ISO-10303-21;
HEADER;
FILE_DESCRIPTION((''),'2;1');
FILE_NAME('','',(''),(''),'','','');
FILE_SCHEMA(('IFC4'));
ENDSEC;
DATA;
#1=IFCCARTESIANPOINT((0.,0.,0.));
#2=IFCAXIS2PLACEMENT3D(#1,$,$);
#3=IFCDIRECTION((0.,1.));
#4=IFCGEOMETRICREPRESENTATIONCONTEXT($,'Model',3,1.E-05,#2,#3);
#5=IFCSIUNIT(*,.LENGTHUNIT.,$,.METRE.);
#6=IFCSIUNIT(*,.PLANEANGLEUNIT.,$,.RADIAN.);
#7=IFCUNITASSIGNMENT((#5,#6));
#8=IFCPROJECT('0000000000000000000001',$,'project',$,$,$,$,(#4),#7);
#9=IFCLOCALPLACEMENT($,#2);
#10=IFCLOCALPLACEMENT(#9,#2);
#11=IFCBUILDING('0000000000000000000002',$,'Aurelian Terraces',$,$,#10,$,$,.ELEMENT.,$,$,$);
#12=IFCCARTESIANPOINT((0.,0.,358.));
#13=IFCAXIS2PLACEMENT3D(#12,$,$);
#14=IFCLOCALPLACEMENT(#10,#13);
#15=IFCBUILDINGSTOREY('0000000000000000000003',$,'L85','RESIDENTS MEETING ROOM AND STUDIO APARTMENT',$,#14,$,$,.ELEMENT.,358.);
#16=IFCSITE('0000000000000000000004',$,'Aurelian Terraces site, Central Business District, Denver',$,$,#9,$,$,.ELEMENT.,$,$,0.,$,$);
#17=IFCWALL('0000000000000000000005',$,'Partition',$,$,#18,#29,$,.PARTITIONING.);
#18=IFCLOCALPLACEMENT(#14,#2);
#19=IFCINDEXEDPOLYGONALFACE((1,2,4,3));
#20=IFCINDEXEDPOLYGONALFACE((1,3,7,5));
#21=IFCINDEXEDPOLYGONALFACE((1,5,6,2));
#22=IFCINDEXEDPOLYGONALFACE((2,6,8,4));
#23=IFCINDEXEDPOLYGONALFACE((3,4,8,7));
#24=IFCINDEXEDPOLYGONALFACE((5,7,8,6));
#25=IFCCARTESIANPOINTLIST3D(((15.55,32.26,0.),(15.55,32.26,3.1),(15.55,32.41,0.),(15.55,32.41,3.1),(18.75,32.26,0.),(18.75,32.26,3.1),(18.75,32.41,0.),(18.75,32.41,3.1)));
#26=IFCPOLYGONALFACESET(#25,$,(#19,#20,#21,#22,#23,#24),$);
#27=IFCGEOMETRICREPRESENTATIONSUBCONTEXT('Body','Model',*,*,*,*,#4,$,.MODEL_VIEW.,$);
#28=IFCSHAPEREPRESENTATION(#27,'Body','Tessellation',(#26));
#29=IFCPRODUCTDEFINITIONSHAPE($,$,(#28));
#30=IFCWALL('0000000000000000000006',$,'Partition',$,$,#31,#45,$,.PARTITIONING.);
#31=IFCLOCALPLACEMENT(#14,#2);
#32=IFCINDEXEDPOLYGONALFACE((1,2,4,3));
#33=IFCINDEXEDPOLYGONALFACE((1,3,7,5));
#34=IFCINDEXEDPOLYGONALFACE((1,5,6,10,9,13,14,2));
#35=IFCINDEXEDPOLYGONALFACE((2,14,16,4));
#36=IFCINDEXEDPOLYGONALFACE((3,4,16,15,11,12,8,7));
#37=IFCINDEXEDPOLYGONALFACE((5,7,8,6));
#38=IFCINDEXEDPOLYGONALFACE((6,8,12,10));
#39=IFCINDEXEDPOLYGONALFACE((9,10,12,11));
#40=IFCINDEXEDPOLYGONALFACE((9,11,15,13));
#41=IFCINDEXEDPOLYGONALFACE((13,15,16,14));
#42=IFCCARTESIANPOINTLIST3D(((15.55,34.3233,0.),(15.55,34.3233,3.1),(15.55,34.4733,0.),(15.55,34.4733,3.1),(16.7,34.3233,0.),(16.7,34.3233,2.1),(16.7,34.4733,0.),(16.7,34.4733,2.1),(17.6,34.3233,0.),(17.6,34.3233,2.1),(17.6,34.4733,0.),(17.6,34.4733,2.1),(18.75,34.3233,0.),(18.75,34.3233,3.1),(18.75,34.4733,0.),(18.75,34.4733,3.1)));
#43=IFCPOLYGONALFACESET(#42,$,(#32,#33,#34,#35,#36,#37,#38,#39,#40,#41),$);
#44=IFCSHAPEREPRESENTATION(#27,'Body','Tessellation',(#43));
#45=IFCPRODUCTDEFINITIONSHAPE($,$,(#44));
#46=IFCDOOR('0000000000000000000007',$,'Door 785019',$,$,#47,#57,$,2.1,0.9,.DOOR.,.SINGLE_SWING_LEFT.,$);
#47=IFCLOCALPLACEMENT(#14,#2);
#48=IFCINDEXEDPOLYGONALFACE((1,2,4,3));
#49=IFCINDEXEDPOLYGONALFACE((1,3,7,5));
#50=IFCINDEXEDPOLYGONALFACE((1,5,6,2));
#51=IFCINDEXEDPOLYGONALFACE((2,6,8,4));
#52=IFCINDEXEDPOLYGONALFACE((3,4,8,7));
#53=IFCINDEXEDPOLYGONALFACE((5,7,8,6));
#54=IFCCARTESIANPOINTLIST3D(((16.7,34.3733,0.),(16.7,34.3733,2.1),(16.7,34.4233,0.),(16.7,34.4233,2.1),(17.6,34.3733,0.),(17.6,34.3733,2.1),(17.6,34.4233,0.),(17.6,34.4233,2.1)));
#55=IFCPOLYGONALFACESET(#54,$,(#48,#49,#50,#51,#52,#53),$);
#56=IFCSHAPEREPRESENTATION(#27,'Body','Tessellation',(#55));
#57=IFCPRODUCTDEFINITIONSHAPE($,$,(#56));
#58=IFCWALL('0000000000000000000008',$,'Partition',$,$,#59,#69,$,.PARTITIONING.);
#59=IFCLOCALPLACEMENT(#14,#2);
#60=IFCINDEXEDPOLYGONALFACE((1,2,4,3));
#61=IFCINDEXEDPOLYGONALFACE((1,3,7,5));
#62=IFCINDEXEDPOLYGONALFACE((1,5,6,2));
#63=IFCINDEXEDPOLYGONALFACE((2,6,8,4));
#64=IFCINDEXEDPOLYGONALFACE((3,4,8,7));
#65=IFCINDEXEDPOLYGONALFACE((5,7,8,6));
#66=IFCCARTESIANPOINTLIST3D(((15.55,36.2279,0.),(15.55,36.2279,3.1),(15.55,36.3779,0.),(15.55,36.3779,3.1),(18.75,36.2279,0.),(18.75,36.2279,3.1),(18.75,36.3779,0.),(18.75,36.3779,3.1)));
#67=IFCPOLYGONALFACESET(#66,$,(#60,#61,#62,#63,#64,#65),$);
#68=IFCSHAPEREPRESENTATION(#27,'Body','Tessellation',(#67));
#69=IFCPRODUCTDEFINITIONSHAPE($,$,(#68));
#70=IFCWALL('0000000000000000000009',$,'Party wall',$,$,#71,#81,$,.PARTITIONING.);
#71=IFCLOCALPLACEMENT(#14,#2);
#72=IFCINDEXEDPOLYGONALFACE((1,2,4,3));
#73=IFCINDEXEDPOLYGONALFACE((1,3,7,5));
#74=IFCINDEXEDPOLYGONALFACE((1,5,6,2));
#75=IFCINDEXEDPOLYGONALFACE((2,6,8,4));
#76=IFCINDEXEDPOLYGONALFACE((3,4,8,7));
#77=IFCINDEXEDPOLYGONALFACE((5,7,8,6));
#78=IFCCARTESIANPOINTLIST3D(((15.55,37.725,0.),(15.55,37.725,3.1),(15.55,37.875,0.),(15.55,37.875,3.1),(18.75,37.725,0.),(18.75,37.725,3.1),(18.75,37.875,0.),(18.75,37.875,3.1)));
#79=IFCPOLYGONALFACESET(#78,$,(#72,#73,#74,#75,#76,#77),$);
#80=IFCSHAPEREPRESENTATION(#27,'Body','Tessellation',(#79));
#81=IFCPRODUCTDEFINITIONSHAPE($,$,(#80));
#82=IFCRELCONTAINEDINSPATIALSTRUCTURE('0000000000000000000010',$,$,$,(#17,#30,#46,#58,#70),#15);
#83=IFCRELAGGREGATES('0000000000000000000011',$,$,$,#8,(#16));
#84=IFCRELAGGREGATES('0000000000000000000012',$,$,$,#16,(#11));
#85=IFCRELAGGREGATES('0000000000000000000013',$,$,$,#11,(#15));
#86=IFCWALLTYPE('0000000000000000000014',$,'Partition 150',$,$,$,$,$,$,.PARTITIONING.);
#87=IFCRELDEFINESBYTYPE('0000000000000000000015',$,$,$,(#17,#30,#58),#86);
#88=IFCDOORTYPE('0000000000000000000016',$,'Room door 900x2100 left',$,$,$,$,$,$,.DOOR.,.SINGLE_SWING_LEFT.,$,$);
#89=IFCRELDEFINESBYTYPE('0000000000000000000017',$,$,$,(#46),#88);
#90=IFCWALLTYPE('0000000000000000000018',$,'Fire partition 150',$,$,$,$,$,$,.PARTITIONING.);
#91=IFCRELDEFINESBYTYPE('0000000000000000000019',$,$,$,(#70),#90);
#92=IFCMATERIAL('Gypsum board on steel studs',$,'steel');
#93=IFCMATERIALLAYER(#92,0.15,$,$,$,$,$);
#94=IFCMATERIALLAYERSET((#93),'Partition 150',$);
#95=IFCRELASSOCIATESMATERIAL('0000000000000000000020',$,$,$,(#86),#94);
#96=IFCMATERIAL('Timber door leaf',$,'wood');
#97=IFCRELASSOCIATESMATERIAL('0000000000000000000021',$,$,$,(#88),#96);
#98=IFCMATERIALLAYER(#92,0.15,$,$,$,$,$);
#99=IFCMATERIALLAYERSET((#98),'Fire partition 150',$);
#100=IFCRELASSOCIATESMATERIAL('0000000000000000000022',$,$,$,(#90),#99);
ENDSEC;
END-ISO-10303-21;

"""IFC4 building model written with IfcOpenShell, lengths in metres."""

from ifc_helpers import new_model, si_unit, direction, frame, frame_2d, origin, place, context, subcontext, project, spatial, rectangle, extrude, source, transform, mapped, material, layer, layer_set, type_object, element, fill, save


model = new_model("IFC4")

# Units and contexts
model_context = context("Model", 3, precision=1e-05, world=origin(), true_north=direction((0.0, 1.0)))
body_context = subcontext(model_context, "Body", "Model", "MODEL_VIEW")
ifc_project = project(units=[si_unit("LENGTHUNIT", "METRE"), si_unit("PLANEANGLEUNIT", "RADIAN")], contexts=[model_context])

# Site, building, storey
site_placement = place(None, origin())
site = spatial("IfcSite", under=ifc_project, at=site_placement, Name="Aurelian Terraces site, Central Business District, Denver", CompositionType="ELEMENT", RefElevation=0.0)
building_placement = place(site_placement, origin())
building = spatial("IfcBuilding", under=site, at=building_placement, Name="Aurelian Terraces", CompositionType="ELEMENT")
storey_placement = place(building_placement, frame((0.0, 0.0, 358.0)))
storey = spatial("IfcBuildingStorey", under=building, at=storey_placement, Name="L85", Description="RESIDENTS MEETING ROOM AND STUDIO APARTMENT", CompositionType="ELEMENT", Elevation=358.0)

# Shared definitions
ifc_material_1 = material(Name="Gypsum board on steel studs", Category="steel")
shared_shape_1 = source(origin(), body_context, "Body", "SweptSolid", [
    extrude(rectangle(XDim=0.9, YDim=2.1, at=frame_2d((0.45, 1.05))), frame((0.0, 0.025, 0.0), z_axis=(0.0, -1.0, 0.0), x_axis=(1.0, 0.0, 0.0)), (0.0, 0.0, 1.0), 0.05),
])

# Wall
ifc_layer_1 = layer(ifc_material_1, 0.15)
ifc_layer_set_1 = layer_set([ifc_layer_1], Name="Partition 150")
wall_type_1 = type_object("IfcWallType", Name="Partition 150", PredefinedType="PARTITIONING", material=ifc_layer_set_1)
shared_shape_2 = source(origin(), body_context, "Body", "SweptSolid", [
    extrude(rectangle(XDim=3.2, YDim=0.15, at=frame_2d((1.6, 0.0))), origin(), (0.0, 0.0, 1.0), 3.1),
])
wall_1_placement = place(storey_placement, frame((18.75, 32.335, 0.0), z_axis=(0.0, 0.0, 1.0), x_axis=(-1.0, 0.0, 0.0)))
element("IfcWall", 1, at=wall_1_placement, inside=storey, type_object=wall_type_1, Name="Partition", PredefinedType="PARTITIONING", context=body_context, shape_type="MappedRepresentation", body=[
    mapped(shared_shape_2, transform((0.0, 0.0, 0.0), scale=1.0)),
])

# Wall, opening, door
wall_2_placement = place(storey_placement, frame((18.75, 34.3983, 0.0), z_axis=(0.0, 0.0, 1.0), x_axis=(-1.0, 0.0, 0.0)))
wall_2 = element("IfcWall", 2, at=wall_2_placement, inside=storey, type_object=wall_type_1, Name="Partition", PredefinedType="PARTITIONING", context=body_context, shape_type="MappedRepresentation", body=[
    mapped(shared_shape_2, transform((0.0, 0.0, 0.0), scale=1.0)),
])
shared_shape_3 = source(origin(), body_context, "Body", "SweptSolid", [
    extrude(rectangle(XDim=0.9, YDim=2.1, at=frame_2d((0.45, 1.05))), frame((0.0, 0.085, 0.0), z_axis=(0.0, -1.0, 0.0), x_axis=(1.0, 0.0, 0.0)), (0.0, 0.0, 1.0), 0.17),
])
opening_1_placement = place(wall_2_placement, frame((1.15, 0.0, 0.0)))
opening_1 = element("IfcOpeningElement", 3, at=opening_1_placement, cuts=wall_2, PredefinedType="OPENING", context=body_context, shape_type="MappedRepresentation", body=[
    mapped(shared_shape_3, transform((0.0, 0.0, 0.0), scale=1.0)),
])
ifc_material_2 = material(Name="Timber door leaf", Category="wood")
door_type_1 = type_object("IfcDoorType", Name="Room door 900x2100 left", OperationType="SINGLE_SWING_LEFT", PredefinedType="DOOR", material=ifc_material_2)
door_1_placement = place(opening_1_placement, origin())
door_1 = element("IfcDoor", 4, at=door_1_placement, inside=storey, type_object=door_type_1, Name="Door 785019", OperationType="SINGLE_SWING_LEFT", OverallHeight=2.1, OverallWidth=0.9, PredefinedType="DOOR", context=body_context, shape_type="MappedRepresentation", body=[
    mapped(shared_shape_1, transform((0.0, 0.0, 0.0), scale=1.0)),
])
fill(opening_1, door_1)

# Walls
wall_3_placement = place(storey_placement, frame((18.75, 36.3029, 0.0), z_axis=(0.0, 0.0, 1.0), x_axis=(-1.0, 0.0, 0.0)))
element("IfcWall", 5, at=wall_3_placement, inside=storey, type_object=wall_type_1, Name="Partition", PredefinedType="PARTITIONING", context=body_context, shape_type="MappedRepresentation", body=[
    mapped(shared_shape_2, transform((0.0, 0.0, 0.0), scale=1.0)),
])
ifc_layer_2 = layer(ifc_material_1, 0.15)
ifc_layer_set_2 = layer_set([ifc_layer_2], Name="Fire partition 150")
wall_type_2 = type_object("IfcWallType", Name="Fire partition 150", PredefinedType="PARTITIONING", material=ifc_layer_set_2)
wall_4_placement = place(storey_placement, frame((18.75, 37.8, 0.0), z_axis=(0.0, 0.0, 1.0), x_axis=(-1.0, 0.0, 0.0)))
element("IfcWall", 6, at=wall_4_placement, inside=storey, type_object=wall_type_2, Name="Party wall", PredefinedType="PARTITIONING", context=body_context, shape_type="MappedRepresentation", body=[
    mapped(shared_shape_2, transform((0.0, 0.0, 0.0), scale=1.0)),
])

save(model, "model.ifc")
